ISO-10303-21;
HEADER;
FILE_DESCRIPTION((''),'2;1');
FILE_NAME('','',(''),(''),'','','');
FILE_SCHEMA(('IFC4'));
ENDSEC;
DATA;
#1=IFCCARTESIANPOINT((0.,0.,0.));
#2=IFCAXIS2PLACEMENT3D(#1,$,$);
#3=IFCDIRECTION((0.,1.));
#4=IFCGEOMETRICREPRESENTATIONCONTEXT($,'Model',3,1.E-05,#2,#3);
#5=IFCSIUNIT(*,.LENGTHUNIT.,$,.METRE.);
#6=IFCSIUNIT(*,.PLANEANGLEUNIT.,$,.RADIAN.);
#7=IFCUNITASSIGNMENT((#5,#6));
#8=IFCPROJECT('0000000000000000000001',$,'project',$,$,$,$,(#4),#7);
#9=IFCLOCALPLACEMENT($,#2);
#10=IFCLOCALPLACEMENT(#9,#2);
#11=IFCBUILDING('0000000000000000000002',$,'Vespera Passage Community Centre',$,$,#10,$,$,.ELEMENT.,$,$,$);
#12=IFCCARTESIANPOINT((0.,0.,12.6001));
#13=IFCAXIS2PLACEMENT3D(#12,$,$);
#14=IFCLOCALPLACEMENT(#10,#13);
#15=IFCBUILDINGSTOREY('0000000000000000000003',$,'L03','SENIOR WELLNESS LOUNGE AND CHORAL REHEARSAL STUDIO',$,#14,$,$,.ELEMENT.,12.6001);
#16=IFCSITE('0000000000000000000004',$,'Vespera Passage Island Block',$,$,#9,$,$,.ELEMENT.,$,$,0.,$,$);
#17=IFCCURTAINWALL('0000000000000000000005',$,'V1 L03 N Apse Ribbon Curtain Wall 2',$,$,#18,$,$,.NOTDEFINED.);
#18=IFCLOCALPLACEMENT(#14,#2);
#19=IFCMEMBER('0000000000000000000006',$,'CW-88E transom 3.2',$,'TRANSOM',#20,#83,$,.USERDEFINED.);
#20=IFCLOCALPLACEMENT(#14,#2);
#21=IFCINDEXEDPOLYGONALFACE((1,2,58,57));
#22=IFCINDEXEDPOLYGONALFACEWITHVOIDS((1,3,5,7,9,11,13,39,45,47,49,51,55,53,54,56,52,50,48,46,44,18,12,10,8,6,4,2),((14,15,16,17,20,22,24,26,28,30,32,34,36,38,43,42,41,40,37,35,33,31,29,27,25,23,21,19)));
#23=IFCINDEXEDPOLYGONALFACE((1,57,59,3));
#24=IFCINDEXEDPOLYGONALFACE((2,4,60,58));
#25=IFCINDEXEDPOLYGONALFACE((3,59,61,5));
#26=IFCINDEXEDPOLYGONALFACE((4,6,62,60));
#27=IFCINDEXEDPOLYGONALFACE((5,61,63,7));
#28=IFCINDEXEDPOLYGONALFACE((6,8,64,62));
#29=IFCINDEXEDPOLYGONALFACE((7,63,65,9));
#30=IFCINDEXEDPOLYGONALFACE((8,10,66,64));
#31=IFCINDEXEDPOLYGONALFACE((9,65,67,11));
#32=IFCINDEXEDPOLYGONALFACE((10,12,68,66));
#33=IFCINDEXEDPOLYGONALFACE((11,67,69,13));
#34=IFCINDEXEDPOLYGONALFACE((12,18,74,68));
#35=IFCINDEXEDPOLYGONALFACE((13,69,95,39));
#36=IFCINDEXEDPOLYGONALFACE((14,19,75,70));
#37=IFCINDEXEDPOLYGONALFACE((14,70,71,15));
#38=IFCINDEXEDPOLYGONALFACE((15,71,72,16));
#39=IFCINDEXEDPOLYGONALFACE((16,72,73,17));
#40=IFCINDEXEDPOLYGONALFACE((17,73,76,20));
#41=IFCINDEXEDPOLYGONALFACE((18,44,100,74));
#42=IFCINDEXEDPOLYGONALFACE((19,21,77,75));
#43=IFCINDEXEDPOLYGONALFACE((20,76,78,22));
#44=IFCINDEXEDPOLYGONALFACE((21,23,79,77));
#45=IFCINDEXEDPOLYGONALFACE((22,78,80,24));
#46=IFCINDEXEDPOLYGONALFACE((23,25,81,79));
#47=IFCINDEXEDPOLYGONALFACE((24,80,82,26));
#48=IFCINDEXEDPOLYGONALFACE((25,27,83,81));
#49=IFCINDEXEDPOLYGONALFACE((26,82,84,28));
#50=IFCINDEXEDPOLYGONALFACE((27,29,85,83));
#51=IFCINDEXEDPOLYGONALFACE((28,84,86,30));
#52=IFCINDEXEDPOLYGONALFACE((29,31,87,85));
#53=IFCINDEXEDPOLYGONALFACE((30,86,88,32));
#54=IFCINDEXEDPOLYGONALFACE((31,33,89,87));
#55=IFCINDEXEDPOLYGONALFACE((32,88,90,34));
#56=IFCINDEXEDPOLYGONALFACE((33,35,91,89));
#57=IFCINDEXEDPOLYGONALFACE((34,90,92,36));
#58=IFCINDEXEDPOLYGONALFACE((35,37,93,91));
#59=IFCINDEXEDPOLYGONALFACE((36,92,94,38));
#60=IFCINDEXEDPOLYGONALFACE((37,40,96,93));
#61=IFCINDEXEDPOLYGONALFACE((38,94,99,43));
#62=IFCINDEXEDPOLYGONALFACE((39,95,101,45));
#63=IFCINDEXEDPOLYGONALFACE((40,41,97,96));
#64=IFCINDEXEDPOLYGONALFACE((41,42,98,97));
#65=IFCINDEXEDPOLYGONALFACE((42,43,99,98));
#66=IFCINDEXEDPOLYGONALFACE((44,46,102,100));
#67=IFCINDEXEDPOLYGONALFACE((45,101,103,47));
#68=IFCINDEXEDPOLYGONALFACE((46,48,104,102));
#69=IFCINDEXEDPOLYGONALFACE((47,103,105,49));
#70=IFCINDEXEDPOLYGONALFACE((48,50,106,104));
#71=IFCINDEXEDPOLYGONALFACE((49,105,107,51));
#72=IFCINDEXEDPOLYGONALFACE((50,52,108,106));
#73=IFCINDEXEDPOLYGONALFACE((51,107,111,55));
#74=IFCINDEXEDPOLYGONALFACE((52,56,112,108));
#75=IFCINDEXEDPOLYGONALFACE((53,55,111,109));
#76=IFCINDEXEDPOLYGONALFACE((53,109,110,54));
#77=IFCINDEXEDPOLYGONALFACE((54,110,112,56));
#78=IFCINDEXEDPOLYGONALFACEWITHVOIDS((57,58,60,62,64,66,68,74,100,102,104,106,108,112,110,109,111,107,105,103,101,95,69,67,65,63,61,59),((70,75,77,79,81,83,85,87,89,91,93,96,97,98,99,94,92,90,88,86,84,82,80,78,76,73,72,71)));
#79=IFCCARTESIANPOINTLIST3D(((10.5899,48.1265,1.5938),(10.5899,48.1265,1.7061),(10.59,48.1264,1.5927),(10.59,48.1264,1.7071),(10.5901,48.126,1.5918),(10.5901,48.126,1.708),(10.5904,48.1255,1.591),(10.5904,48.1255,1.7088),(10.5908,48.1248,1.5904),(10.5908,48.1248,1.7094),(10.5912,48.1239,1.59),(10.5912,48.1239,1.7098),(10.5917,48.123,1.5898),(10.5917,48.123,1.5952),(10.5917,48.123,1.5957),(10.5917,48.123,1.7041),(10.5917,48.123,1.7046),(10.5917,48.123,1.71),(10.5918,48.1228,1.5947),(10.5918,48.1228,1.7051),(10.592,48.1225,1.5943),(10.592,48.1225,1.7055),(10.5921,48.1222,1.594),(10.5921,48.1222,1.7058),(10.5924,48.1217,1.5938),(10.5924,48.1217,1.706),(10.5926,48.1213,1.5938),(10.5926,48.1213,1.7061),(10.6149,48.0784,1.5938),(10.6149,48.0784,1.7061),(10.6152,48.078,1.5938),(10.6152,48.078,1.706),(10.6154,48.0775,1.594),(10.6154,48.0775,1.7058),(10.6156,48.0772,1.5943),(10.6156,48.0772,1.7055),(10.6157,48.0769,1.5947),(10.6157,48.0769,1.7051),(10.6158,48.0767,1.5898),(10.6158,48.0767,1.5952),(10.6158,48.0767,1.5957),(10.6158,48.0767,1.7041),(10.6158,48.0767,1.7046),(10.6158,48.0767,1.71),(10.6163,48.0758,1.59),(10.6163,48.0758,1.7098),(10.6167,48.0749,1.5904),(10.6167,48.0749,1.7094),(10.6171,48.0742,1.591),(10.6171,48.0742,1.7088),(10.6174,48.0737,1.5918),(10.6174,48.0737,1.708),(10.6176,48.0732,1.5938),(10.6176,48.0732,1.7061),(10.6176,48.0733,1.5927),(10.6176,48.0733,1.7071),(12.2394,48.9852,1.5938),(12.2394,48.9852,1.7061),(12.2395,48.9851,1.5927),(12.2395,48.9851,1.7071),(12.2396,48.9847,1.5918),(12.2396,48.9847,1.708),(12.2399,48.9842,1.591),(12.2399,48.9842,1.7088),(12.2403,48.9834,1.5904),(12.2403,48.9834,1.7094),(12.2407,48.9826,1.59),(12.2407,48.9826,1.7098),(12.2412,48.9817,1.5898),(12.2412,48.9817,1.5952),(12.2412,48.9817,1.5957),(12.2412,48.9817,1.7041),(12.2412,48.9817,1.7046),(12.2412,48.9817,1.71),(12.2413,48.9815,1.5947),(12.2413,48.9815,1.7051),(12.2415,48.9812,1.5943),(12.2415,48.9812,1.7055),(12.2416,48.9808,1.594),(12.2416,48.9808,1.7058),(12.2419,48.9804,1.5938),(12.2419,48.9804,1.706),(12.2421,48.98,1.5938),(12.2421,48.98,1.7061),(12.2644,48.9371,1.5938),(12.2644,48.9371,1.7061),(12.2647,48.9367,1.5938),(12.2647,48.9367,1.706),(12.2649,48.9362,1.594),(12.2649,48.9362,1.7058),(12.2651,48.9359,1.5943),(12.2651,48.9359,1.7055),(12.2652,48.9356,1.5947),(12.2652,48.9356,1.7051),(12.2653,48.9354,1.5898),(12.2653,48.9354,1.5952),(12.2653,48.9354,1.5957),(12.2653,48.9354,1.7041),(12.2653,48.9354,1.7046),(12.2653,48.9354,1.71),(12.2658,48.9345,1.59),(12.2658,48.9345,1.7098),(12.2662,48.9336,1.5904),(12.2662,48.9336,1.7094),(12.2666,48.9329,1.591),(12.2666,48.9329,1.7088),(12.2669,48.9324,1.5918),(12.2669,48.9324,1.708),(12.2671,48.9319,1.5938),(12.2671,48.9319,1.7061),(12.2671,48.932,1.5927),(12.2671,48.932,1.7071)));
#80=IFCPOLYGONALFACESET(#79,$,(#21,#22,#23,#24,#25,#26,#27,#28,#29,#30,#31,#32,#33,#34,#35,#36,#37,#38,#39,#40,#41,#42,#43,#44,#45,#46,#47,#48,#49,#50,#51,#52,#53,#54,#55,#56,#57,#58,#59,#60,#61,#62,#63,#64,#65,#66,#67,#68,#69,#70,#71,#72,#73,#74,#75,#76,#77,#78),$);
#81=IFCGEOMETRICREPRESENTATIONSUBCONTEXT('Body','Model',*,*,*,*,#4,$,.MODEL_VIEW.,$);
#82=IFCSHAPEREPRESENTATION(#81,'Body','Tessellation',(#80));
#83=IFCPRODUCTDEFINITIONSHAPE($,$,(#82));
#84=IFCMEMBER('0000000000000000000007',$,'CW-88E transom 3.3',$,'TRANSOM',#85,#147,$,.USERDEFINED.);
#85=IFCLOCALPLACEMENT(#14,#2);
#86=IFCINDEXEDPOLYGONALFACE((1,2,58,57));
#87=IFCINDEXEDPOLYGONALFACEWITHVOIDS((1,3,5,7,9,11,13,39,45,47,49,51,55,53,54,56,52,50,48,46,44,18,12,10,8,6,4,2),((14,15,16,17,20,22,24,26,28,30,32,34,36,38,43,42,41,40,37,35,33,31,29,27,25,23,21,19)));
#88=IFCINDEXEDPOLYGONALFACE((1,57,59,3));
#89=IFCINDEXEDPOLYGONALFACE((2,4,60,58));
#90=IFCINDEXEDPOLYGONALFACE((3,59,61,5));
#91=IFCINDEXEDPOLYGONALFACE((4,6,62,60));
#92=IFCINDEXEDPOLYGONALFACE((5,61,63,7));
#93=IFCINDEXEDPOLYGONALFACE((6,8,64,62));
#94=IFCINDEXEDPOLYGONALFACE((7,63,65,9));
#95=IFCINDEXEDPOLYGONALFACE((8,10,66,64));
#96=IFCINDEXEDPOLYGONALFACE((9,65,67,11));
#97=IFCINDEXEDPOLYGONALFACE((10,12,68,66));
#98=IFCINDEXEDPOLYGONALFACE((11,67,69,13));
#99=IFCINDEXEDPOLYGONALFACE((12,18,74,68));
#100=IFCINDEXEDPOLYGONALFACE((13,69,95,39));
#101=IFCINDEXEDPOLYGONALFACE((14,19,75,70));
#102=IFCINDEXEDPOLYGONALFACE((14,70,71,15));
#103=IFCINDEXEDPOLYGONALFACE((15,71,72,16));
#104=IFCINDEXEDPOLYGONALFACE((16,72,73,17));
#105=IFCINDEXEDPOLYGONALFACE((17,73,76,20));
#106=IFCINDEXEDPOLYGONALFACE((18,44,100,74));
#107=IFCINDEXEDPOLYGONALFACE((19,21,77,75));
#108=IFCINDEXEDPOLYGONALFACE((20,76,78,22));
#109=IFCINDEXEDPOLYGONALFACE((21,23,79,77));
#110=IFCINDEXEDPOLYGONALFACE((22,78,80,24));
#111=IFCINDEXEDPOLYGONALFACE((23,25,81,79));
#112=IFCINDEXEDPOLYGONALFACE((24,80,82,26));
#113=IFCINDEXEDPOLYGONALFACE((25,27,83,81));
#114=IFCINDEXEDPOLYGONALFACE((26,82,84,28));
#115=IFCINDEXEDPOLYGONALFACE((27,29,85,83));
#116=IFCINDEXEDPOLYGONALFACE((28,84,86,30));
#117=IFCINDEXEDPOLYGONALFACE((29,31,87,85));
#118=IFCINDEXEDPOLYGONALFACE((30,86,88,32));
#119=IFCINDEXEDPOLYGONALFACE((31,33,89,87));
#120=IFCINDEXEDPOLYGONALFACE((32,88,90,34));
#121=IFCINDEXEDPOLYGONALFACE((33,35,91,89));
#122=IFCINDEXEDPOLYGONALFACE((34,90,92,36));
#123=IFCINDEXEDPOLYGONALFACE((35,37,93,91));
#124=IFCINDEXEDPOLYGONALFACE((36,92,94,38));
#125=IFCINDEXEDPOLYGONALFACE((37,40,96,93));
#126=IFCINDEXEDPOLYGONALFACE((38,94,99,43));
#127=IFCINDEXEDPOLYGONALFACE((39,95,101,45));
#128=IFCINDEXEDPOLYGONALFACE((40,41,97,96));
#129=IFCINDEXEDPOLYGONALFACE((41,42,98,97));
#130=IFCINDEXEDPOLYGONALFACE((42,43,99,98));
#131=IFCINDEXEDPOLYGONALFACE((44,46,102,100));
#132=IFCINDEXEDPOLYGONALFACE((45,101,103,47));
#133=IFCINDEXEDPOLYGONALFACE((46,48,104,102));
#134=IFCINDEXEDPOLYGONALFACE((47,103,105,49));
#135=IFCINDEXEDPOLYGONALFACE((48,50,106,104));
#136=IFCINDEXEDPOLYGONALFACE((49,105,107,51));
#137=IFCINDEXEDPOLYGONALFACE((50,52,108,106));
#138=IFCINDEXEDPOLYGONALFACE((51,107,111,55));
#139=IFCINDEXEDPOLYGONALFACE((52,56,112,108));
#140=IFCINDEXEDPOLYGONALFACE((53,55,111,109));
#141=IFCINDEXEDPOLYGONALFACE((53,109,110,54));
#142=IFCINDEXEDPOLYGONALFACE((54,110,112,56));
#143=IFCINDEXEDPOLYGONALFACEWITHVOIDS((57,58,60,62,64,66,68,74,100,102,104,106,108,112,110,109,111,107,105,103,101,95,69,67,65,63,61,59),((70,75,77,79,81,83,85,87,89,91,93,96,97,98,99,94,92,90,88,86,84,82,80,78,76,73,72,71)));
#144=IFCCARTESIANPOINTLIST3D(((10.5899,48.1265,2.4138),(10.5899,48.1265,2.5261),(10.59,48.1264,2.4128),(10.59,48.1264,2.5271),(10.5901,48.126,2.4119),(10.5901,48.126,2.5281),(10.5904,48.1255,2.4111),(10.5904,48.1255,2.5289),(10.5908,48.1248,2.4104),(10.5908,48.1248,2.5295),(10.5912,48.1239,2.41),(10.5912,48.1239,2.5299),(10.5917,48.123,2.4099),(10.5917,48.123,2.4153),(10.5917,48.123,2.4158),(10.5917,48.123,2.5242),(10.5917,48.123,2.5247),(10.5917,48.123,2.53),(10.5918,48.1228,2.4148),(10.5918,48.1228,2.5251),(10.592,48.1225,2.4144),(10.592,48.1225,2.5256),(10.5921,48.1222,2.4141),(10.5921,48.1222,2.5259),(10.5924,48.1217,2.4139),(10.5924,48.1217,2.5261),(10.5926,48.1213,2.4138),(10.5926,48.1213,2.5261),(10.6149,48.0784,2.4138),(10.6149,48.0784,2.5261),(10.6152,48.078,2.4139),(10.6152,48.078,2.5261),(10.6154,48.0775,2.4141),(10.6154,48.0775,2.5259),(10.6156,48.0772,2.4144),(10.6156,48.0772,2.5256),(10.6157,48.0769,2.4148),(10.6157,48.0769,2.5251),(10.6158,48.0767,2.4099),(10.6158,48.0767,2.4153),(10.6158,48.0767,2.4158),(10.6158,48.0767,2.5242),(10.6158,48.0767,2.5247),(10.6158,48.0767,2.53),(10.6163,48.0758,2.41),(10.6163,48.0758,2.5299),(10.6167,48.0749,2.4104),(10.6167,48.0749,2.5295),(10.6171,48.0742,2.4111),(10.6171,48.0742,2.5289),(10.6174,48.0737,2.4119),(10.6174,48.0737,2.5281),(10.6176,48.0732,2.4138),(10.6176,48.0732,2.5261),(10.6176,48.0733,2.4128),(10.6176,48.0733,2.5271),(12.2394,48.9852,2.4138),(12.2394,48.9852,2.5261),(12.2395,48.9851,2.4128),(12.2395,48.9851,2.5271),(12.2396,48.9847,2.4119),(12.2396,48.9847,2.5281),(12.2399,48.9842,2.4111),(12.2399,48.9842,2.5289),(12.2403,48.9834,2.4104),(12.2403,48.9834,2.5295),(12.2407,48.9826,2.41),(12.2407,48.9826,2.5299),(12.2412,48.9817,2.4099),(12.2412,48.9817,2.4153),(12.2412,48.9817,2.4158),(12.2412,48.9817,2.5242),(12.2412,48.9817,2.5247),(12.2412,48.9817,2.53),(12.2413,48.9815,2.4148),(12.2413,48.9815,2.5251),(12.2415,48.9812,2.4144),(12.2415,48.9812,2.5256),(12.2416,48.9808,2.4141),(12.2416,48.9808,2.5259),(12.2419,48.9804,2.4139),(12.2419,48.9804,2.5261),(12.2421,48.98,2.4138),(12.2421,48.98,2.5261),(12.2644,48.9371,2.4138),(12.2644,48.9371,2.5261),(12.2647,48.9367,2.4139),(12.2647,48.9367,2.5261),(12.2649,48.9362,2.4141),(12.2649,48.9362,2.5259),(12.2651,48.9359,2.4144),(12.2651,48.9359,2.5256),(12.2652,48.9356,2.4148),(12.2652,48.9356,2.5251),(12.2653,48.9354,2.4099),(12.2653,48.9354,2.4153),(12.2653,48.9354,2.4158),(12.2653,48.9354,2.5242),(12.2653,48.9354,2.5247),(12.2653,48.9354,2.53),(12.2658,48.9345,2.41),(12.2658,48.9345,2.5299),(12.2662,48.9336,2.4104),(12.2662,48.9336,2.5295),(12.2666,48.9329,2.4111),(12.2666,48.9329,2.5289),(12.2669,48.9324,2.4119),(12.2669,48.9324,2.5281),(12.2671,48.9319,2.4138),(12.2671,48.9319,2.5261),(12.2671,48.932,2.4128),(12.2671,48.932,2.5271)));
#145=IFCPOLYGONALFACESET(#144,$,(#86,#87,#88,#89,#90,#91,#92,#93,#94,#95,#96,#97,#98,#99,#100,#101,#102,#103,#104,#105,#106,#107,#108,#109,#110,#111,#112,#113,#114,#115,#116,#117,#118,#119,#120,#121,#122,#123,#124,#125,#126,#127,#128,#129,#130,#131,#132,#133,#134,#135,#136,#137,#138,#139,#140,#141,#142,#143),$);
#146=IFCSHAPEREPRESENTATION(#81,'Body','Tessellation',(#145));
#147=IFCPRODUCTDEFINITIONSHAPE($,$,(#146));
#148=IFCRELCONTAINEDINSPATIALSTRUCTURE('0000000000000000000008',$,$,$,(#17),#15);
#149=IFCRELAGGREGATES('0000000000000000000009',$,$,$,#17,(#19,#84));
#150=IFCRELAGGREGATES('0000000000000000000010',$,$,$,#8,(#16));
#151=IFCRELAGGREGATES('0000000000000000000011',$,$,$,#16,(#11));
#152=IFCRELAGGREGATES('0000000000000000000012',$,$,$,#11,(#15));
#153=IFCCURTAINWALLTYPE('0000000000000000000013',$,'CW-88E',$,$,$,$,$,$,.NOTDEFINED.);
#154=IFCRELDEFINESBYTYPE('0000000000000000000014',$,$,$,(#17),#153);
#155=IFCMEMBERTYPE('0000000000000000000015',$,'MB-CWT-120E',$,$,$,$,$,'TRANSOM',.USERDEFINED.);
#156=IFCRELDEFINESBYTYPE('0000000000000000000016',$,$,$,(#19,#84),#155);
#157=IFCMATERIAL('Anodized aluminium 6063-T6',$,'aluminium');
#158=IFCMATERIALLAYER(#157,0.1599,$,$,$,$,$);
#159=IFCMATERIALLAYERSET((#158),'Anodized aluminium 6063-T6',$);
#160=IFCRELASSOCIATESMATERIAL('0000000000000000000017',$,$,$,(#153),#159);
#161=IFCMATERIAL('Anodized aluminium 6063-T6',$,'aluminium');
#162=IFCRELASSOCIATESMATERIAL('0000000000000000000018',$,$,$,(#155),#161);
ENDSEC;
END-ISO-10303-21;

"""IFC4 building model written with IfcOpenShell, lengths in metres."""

from ifc_helpers import new_model, si_unit, direction, frame, origin, origin_2d, place, context, subcontext, project, spatial, hollow_rectangle, extrude, material, layer, layer_set, material_profile, profile_set, type_object, element, aggregate, save


model = new_model("IFC4")

# Units and contexts
model_context = context("Model", 3, precision=1e-05, world=origin(), true_north=direction((0.0, 1.0)))
body_context = subcontext(model_context, "Body", "Model", "MODEL_VIEW")
ifc_project = project(units=[si_unit("LENGTHUNIT", "METRE"), si_unit("PLANEANGLEUNIT", "RADIAN")], contexts=[model_context])

# Site, building, storey
site_placement = place(None, origin())
site = spatial("IfcSite", under=ifc_project, at=site_placement, Name="Vespera Passage Island Block", CompositionType="ELEMENT", RefElevation=0.0)
building_placement = place(site_placement, origin())
building = spatial("IfcBuilding", under=site, at=building_placement, Name="Vespera Passage Community Centre", CompositionType="ELEMENT")
storey_placement = place(building_placement, frame((0.0, 0.0, 12.6001)))
storey = spatial("IfcBuildingStorey", under=building, at=storey_placement, Name="L03", Description="SENIOR WELLNESS LOUNGE AND CHORAL REHEARSAL STUDIO", CompositionType="ELEMENT", Elevation=12.6001)

# Curtain wall, members
ifc_material_1 = material(Name="Anodized aluminium 6063-T6", Category="aluminium")
ifc_layer_1 = layer(ifc_material_1, 0.1599)
ifc_layer_set_1 = layer_set([ifc_layer_1], Name="Anodized aluminium 6063-T6")
curtain_wall_type = type_object("IfcCurtainWallType", Name="CW-88E", PredefinedType="NOTDEFINED", material=ifc_layer_set_1)
curtain_wall_placement = place(storey_placement, origin())
curtain_wall = element("IfcCurtainWall", 1, at=curtain_wall_placement, inside=storey, type_object=curtain_wall_type, Name="V1 L03 N Apse Ribbon Curtain Wall 2", PredefinedType="NOTDEFINED")
ifc_material_2 = material(Name="Anodized aluminium 6063-T6", Category="aluminium")
ifc_material_profile_1 = material_profile(ifc_material_2, hollow_rectangle(XDim=0.0601, YDim=0.1201, WallThickness=0.0039, InnerFilletRadius=0.002, OuterFilletRadius=0.0039, at=origin_2d()), Name="ALU120X60X4")
ifc_profile_set_1 = profile_set([ifc_material_profile_1], Name="Anodized aluminium 6063-T6")
member_type_1 = type_object("IfcMemberType", Name="MB-CWT-120E", ElementType="TRANSOM", PredefinedType="USERDEFINED", material=ifc_profile_set_1)
member_1_placement = place(storey_placement, frame((10.6038, 48.0999, 1.6499), z_axis=(0.887008, 0.461754, 0.0), x_axis=(-0.461754, 0.887008, 0.0)))
member_1 = element("IfcMember", 2, at=member_1_placement, type_object=member_type_1, Name="CW-88E transom 3.2", ObjectType="TRANSOM", PredefinedType="USERDEFINED", context=body_context, shape_type="SweptSolid", body=[
    extrude(hollow_rectangle(XDim=0.0601, YDim=0.1201, WallThickness=0.0039, InnerFilletRadius=0.002, OuterFilletRadius=0.0039, at=origin_2d()), origin(), (0.0, 0.0, 1.0), 1.8596),
])
member_2_placement = place(storey_placement, frame((10.6038, 48.0999, 2.47), z_axis=(0.887008, 0.461754, 0.0), x_axis=(-0.461754, 0.887008, 0.0)))
member_2 = element("IfcMember", 3, at=member_2_placement, type_object=member_type_1, Name="CW-88E transom 3.3", ObjectType="TRANSOM", PredefinedType="USERDEFINED", context=body_context, shape_type="SweptSolid", body=[
    extrude(hollow_rectangle(XDim=0.0601, YDim=0.1201, WallThickness=0.0039, InnerFilletRadius=0.002, OuterFilletRadius=0.0039, at=origin_2d()), origin(), (0.0, 0.0, 1.0), 1.8596),
])
aggregate(curtain_wall, [member_1, member_2])

save(model, "model.ifc")
